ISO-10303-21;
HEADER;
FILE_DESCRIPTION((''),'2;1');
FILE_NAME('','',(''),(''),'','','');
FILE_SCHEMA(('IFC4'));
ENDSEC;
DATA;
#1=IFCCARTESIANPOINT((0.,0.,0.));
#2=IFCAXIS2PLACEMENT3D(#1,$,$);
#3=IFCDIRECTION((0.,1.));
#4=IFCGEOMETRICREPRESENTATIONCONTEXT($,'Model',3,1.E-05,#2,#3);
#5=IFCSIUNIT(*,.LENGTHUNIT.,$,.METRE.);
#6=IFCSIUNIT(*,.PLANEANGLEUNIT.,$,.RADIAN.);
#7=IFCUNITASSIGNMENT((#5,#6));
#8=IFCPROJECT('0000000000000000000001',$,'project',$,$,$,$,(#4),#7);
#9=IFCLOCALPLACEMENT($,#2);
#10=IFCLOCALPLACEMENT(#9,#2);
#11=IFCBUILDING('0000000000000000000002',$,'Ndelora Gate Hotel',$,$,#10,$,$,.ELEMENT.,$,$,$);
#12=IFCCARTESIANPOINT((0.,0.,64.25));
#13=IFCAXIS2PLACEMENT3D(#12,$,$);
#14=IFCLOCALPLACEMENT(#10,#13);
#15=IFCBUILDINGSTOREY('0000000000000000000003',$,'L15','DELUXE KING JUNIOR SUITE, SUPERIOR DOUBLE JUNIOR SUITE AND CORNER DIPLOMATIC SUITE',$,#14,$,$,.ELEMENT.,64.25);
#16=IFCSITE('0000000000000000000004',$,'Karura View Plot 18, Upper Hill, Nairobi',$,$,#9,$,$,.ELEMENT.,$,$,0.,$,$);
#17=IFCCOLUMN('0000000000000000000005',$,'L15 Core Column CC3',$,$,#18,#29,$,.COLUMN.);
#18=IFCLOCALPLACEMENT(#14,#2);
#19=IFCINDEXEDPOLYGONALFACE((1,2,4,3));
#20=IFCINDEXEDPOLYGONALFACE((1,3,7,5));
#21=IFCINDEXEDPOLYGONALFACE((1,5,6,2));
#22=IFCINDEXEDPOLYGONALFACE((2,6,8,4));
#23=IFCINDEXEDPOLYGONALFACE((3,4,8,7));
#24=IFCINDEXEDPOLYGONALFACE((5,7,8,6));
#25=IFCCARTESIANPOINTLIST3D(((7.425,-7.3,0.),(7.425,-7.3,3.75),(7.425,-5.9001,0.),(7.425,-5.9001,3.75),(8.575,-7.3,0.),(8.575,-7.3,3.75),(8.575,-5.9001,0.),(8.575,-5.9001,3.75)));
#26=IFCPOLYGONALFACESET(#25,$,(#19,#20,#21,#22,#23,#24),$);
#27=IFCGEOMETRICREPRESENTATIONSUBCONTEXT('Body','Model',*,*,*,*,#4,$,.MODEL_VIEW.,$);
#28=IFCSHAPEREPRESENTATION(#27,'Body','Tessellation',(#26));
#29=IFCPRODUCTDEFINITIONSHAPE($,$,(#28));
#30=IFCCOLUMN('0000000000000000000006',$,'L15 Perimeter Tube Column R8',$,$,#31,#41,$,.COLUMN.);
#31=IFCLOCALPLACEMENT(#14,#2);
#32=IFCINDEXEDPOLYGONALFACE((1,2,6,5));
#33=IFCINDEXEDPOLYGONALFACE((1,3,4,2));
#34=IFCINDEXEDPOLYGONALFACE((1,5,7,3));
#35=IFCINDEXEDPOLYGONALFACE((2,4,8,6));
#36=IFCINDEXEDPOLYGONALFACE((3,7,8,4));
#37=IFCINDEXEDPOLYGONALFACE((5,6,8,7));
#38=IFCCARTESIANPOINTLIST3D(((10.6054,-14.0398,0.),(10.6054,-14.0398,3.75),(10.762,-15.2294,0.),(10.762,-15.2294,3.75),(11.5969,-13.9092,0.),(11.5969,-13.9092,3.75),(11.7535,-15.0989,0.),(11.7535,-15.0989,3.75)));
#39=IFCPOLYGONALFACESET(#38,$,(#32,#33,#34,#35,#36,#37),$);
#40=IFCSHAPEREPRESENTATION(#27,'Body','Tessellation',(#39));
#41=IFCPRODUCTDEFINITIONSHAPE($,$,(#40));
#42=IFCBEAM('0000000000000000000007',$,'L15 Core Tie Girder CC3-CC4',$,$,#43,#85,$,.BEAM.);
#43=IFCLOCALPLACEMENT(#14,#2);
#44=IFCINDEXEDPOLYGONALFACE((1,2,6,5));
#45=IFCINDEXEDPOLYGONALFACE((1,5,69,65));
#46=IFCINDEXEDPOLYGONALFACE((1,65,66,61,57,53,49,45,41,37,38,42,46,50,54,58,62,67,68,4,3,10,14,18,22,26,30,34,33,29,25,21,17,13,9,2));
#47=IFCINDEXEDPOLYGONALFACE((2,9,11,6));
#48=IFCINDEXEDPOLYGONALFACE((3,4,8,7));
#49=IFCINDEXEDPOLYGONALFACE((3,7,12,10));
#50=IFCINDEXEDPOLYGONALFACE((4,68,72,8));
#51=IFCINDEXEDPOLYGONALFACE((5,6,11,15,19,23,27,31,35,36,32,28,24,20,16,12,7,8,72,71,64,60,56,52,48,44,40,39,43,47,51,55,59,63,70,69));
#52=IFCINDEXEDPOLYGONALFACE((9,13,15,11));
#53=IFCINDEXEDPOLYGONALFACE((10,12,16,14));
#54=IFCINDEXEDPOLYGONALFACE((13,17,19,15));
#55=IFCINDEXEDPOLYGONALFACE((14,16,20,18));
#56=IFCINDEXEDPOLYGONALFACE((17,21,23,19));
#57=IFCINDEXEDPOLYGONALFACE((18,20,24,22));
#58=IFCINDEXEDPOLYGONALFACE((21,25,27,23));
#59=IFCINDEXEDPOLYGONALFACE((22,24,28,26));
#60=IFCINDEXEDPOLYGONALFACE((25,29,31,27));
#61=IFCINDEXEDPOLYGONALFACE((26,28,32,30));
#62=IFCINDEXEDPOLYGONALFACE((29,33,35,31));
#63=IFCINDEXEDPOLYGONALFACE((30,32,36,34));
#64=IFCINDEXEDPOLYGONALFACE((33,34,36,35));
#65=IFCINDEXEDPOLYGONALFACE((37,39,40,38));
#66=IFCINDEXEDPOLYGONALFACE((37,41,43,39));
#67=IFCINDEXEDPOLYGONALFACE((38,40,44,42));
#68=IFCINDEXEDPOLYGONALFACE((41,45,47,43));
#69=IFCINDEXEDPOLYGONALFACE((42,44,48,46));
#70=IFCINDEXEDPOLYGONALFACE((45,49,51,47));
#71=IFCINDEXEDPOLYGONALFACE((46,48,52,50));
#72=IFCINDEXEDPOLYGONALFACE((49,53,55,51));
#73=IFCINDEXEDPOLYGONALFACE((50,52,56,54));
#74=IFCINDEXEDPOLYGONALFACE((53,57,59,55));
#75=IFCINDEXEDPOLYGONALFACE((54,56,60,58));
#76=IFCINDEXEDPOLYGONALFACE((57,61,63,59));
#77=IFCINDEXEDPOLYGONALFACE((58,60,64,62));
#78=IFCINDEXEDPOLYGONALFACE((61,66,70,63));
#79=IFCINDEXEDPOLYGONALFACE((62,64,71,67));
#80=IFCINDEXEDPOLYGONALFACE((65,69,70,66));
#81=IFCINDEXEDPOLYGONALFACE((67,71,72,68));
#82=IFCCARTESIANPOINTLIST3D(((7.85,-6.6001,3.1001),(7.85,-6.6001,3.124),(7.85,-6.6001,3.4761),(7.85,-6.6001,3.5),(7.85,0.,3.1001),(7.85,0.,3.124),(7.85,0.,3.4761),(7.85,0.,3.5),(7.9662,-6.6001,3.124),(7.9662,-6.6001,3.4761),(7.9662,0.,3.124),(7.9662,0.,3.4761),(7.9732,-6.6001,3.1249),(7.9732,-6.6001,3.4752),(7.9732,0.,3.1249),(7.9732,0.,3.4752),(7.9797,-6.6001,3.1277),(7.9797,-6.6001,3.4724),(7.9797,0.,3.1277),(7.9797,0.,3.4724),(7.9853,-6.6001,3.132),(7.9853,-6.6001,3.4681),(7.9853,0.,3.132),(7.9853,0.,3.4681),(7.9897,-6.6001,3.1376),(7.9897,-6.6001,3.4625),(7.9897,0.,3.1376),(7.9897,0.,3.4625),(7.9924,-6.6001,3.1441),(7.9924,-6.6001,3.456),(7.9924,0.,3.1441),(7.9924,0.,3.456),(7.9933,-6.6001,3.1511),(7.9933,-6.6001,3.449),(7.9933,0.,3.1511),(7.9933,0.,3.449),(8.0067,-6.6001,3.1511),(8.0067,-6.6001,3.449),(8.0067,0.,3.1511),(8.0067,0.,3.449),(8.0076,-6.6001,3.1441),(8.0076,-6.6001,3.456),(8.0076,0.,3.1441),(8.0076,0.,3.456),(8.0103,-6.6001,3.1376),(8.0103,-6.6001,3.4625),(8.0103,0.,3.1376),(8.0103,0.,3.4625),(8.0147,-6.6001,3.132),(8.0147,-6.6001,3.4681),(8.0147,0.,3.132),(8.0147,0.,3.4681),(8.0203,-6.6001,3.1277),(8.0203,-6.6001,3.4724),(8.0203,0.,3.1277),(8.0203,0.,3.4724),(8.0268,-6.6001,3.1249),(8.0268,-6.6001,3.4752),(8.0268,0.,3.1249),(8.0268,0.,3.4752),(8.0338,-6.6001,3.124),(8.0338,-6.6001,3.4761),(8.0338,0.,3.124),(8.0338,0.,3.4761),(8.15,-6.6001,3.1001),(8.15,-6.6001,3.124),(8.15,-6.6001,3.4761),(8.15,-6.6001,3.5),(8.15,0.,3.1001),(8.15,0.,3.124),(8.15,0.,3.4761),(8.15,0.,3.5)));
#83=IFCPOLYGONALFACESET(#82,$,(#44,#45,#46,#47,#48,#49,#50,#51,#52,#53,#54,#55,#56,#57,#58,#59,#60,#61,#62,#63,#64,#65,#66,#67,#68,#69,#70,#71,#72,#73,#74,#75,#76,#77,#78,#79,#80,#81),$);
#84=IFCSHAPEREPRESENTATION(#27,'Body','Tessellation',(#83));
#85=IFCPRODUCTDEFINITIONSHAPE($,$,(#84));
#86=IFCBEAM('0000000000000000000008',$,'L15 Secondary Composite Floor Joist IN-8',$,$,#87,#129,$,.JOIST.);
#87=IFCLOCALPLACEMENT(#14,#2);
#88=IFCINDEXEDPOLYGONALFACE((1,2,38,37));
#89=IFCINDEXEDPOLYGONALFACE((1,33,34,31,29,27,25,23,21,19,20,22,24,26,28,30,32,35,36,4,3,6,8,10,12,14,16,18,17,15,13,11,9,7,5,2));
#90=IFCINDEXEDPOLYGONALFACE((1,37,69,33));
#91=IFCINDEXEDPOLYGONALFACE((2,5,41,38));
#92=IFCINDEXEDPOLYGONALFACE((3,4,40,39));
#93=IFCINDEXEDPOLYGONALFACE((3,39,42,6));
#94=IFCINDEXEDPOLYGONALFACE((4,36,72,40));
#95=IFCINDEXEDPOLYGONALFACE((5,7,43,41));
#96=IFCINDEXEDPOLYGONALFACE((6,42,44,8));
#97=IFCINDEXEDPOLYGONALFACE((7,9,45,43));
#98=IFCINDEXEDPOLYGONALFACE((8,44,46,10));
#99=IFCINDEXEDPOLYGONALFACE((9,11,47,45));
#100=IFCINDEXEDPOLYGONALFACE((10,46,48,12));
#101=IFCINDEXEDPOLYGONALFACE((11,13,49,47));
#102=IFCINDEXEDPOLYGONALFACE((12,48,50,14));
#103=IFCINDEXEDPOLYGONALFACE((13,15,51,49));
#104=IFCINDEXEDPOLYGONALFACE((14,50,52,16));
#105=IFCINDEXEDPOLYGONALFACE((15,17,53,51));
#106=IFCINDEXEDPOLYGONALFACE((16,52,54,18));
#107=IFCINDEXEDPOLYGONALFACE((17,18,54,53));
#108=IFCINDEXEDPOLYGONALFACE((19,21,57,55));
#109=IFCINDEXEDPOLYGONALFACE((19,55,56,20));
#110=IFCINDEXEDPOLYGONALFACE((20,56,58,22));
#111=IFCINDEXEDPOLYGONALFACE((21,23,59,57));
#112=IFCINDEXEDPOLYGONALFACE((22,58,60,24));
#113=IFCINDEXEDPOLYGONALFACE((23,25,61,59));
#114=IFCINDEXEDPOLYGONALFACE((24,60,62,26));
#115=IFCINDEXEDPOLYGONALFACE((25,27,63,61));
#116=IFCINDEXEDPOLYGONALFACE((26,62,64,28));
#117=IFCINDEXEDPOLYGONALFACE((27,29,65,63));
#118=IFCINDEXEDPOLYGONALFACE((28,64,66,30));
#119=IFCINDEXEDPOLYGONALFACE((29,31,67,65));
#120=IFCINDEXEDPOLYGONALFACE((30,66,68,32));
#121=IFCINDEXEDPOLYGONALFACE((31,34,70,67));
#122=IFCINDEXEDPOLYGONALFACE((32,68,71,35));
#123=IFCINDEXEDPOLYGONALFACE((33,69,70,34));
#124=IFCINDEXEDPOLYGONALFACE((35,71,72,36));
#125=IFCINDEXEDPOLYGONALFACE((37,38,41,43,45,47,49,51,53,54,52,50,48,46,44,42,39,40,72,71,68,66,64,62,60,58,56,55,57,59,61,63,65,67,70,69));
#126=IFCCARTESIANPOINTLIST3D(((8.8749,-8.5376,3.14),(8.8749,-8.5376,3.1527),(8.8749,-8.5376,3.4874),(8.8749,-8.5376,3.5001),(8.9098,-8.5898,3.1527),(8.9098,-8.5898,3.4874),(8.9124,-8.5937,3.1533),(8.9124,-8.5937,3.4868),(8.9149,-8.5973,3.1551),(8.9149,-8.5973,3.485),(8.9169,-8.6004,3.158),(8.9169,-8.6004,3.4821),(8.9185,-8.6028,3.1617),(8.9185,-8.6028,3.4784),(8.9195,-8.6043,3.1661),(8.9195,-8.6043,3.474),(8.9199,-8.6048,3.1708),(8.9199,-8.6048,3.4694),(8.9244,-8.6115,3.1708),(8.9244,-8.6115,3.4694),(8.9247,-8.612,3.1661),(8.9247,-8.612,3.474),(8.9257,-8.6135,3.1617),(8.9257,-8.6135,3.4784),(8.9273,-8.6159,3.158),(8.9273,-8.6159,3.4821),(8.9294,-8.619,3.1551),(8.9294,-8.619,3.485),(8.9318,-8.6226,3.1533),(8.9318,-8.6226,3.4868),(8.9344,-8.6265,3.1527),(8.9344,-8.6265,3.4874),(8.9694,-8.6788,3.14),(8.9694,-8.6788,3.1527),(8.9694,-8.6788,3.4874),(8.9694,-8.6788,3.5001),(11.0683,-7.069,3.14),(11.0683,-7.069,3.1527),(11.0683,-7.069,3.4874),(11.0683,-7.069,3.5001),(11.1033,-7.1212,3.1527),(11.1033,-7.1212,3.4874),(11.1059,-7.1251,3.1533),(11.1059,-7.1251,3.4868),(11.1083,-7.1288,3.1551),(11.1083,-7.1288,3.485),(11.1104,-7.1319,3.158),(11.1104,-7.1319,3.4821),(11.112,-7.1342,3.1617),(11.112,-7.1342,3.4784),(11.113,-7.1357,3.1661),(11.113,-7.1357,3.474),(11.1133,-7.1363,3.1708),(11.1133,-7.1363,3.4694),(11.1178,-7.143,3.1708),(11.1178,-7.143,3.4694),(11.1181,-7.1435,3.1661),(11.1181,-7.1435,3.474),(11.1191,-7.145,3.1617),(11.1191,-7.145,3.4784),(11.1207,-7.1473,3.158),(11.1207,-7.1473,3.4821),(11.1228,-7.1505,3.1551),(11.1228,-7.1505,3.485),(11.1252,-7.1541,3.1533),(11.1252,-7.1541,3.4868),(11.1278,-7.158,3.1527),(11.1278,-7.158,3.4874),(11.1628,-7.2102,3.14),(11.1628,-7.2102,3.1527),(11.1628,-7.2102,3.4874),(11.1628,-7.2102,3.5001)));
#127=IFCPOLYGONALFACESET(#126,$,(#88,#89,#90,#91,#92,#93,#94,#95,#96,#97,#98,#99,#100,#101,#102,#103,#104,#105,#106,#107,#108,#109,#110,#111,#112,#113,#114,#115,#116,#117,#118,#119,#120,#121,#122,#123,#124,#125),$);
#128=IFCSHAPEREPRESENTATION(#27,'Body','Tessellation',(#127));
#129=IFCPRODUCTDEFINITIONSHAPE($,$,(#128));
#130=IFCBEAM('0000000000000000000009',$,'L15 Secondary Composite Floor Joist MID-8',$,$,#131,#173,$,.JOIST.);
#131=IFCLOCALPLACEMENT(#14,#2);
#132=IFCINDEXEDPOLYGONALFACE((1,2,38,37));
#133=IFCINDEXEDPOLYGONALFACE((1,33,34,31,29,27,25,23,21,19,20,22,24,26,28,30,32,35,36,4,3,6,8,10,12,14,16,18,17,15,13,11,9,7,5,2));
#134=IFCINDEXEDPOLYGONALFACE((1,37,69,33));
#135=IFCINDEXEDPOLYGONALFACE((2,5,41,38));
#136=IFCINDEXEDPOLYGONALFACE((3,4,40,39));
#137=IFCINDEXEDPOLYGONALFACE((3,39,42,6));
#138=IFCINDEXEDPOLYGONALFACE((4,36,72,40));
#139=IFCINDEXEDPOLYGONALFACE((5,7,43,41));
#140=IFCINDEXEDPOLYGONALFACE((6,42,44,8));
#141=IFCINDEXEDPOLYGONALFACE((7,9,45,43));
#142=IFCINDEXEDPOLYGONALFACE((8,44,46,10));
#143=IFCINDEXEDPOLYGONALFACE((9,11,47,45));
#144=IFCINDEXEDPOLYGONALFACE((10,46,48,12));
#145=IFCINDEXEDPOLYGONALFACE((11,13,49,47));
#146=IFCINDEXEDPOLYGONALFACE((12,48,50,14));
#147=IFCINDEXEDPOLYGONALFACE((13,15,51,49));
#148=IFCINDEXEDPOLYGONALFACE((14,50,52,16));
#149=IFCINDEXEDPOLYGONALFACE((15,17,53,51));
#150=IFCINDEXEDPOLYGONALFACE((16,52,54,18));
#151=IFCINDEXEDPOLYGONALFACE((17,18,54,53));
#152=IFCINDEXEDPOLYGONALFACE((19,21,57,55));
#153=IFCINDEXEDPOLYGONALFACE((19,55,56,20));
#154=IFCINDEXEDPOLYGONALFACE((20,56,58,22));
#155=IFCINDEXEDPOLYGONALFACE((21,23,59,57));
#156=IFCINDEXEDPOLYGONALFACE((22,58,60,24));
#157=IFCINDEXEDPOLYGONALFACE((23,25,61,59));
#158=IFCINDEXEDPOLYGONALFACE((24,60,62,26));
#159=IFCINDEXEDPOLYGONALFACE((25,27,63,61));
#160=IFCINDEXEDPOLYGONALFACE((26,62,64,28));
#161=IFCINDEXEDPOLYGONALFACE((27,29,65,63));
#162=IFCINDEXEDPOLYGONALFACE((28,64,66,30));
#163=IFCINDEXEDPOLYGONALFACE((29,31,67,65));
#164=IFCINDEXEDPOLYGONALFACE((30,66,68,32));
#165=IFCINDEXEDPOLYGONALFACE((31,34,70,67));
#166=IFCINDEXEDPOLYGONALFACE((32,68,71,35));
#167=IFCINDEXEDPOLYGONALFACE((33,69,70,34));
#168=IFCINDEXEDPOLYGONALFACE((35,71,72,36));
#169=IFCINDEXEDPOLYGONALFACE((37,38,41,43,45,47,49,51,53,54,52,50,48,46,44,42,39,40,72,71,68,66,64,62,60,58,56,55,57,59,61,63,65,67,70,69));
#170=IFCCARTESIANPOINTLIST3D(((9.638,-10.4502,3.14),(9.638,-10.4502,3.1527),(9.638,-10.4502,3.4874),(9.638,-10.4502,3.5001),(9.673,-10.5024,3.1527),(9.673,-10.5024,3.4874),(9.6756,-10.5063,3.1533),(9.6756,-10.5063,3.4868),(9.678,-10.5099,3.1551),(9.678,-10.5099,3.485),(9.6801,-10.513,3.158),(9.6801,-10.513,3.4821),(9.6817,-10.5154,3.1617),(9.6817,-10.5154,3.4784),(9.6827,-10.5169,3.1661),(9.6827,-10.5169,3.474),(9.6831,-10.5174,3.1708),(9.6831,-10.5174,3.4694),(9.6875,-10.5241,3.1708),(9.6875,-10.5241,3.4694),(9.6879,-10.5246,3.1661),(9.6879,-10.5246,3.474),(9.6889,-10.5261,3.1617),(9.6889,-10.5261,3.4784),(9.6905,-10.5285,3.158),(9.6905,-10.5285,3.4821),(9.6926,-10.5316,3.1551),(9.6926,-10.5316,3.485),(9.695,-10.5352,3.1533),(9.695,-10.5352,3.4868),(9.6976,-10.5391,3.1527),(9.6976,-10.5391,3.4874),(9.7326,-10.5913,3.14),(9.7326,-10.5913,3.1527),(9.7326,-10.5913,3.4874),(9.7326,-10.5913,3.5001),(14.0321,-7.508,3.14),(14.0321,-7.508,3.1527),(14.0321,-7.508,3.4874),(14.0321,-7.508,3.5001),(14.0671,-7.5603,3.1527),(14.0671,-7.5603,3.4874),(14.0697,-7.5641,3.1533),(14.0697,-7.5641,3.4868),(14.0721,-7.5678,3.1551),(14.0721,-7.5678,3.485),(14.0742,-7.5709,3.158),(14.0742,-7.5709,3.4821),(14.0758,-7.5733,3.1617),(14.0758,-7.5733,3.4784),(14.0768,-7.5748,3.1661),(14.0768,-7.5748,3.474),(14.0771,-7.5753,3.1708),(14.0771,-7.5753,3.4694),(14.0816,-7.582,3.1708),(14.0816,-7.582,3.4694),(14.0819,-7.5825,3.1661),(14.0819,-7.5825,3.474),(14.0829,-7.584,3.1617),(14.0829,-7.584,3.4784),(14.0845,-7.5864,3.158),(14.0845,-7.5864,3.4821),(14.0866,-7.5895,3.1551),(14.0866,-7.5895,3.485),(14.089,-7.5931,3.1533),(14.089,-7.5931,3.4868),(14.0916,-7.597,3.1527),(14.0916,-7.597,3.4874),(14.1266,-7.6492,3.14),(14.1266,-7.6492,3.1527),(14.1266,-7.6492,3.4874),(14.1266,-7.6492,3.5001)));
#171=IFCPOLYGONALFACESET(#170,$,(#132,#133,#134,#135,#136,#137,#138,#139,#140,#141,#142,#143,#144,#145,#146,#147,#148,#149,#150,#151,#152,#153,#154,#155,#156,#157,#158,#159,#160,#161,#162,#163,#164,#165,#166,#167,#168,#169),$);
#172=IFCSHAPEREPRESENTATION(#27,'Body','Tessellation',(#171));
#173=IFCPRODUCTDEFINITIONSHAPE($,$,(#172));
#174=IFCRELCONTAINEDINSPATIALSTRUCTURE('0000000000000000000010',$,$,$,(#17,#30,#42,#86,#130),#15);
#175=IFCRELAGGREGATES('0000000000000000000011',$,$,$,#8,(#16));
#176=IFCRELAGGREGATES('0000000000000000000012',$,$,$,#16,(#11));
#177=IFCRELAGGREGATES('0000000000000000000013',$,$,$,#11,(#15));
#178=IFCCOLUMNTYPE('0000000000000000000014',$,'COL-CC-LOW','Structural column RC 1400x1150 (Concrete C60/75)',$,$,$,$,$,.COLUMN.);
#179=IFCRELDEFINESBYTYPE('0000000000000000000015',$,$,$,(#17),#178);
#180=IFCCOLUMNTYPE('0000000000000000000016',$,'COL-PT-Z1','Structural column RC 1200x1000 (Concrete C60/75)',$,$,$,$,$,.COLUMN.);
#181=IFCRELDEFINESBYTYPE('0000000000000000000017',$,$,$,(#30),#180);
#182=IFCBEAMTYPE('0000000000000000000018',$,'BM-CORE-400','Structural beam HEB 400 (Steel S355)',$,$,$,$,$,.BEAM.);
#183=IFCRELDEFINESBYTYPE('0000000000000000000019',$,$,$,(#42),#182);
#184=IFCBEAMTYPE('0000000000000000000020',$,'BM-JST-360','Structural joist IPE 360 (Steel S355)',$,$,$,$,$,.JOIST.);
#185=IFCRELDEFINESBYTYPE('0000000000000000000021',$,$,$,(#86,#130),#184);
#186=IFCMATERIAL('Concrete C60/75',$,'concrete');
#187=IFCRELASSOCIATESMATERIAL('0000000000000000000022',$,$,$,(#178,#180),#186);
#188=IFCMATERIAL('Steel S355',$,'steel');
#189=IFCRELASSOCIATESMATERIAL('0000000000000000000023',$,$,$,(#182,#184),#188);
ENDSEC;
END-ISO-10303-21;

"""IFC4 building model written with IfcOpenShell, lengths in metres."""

from ifc_helpers import new_model, si_unit, direction, frame, origin, origin_2d, place, context, subcontext, project, spatial, rectangle, i_section, extrude, material, material_profile, profile_set, type_object, element, save


model = new_model("IFC4")

# Units and contexts
model_context = context("Model", 3, precision=1e-05, world=origin(), true_north=direction((0.0, 1.0)))
body_context = subcontext(model_context, "Body", "Model", "MODEL_VIEW")
ifc_project = project(units=[si_unit("LENGTHUNIT", "METRE"), si_unit("PLANEANGLEUNIT", "RADIAN")], contexts=[model_context])

# Site, building, storey
site_placement = place(None, origin())
site = spatial("IfcSite", under=ifc_project, at=site_placement, Name="Karura View Plot 18, Upper Hill, Nairobi", CompositionType="ELEMENT", RefElevation=0.0)
building_placement = place(site_placement, origin())
building = spatial("IfcBuilding", under=site, at=building_placement, Name="Ndelora Gate Hotel", CompositionType="ELEMENT")
storey_placement = place(building_placement, frame((0.0, 0.0, 64.25)))
storey = spatial("IfcBuildingStorey", under=building, at=storey_placement, Name="L15", Description="DELUXE KING JUNIOR SUITE, SUPERIOR DOUBLE JUNIOR SUITE AND CORNER DIPLOMATIC SUITE", CompositionType="ELEMENT", Elevation=64.25)

# Columns
ifc_material_1 = material(Name="Concrete C60/75", Category="concrete")
ifc_material_profile_1 = material_profile(ifc_material_1, rectangle(XDim=1.1499, YDim=1.3999, at=origin_2d()), Name="RC 1400x1150")
ifc_profile_set_1 = profile_set([ifc_material_profile_1], Name="Concrete C60/75")
column_type_1 = type_object("IfcColumnType", Name="COL-CC-LOW", Description="Structural column RC 1400x1150 (Concrete C60/75)", PredefinedType="COLUMN", material=ifc_profile_set_1)
column_1_placement = place(storey_placement, frame((8.0, -6.6001, 0.0), z_axis=(0.0, 0.0, 1.0), x_axis=(1.0, 0.0, 0.0)))
element("IfcColumn", 1, at=column_1_placement, inside=storey, type_object=column_type_1, Name="L15 Core Column CC3", PredefinedType="COLUMN", context=body_context, shape_type="SweptSolid", body=[
    extrude(rectangle(XDim=1.1499, YDim=1.3999, at=origin_2d()), origin(), (0.0, 0.0, 1.0), 3.75),
])
ifc_material_profile_2 = material_profile(ifc_material_1, rectangle(XDim=1.0, YDim=1.2, at=origin_2d()), Name="RC 1200x1000")
ifc_profile_set_2 = profile_set([ifc_material_profile_2], Name="Concrete C60/75")
column_type_2 = type_object("IfcColumnType", Name="COL-PT-Z1", Description="Structural column RC 1200x1000 (Concrete C60/75)", PredefinedType="COLUMN", material=ifc_profile_set_2)
column_2_placement = place(storey_placement, frame((11.1794, -14.5693, 0.0), z_axis=(0.0, 0.0, 1.0), x_axis=(0.991445, 0.130526, 0.0)))
element("IfcColumn", 2, at=column_2_placement, inside=storey, type_object=column_type_2, Name="L15 Perimeter Tube Column R8", PredefinedType="COLUMN", context=body_context, shape_type="SweptSolid", body=[
    extrude(rectangle(XDim=1.0, YDim=1.2, at=origin_2d()), origin(), (0.0, 0.0, 1.0), 3.75),
])

# Beams
ifc_material_2 = material(Name="Steel S355", Category="steel")
ifc_material_profile_3 = material_profile(ifc_material_2, i_section(OverallWidth=0.3, OverallDepth=0.3999, WebThickness=0.0134, FlangeThickness=0.0239, FilletRadius=0.0271, at=origin_2d()), Name="HEB 400")
ifc_profile_set_3 = profile_set([ifc_material_profile_3], Name="Steel S355")
beam_type_1 = type_object("IfcBeamType", Name="BM-CORE-400", Description="Structural beam HEB 400 (Steel S355)", PredefinedType="BEAM", material=ifc_profile_set_3)
beam_1_placement = place(storey_placement, frame((8.0, -6.6001, 3.3), z_axis=(0.0, 1.0, 0.0), x_axis=(-1.0, 0.0, 0.0)))
element("IfcBeam", 3, at=beam_1_placement, inside=storey, type_object=beam_type_1, Name="L15 Core Tie Girder CC3-CC4", PredefinedType="BEAM", context=body_context, shape_type="SweptSolid", body=[
    extrude(i_section(OverallWidth=0.3, OverallDepth=0.3999, WebThickness=0.0134, FlangeThickness=0.0239, FilletRadius=0.0271, at=origin_2d()), origin(), (0.0, 0.0, 1.0), 6.6001),
])
ifc_material_profile_4 = material_profile(ifc_material_2, i_section(OverallWidth=0.1699, OverallDepth=0.3601, WebThickness=0.0081, FlangeThickness=0.0127, FilletRadius=0.0181, at=origin_2d()), Name="IPE 360")
ifc_profile_set_4 = profile_set([ifc_material_profile_4], Name="Steel S355")
beam_type_2 = type_object("IfcBeamType", Name="BM-JST-360", Description="Structural joist IPE 360 (Steel S355)", PredefinedType="JOIST", material=ifc_profile_set_4)
beam_2_placement = place(storey_placement, frame((8.9221, -8.6082, 3.3201), z_axis=(0.830953, 0.556343, 0.0), x_axis=(-0.556343, 0.830953, 0.0)))
element("IfcBeam", 4, at=beam_2_placement, inside=storey, type_object=beam_type_2, Name="L15 Secondary Composite Floor Joist IN-8", PredefinedType="JOIST", context=body_context, shape_type="SweptSolid", body=[
    extrude(i_section(OverallWidth=0.1699, OverallDepth=0.3601, WebThickness=0.0081, FlangeThickness=0.0127, FilletRadius=0.0181, at=origin_2d()), origin(), (0.0, 0.0, 1.0), 2.6396),
])
beam_3_placement = place(storey_placement, frame((9.6853, -10.5208, 3.3201), z_axis=(0.830933, 0.556372, 0.0), x_axis=(-0.556372, 0.830933, 0.0)))
element("IfcBeam", 5, at=beam_3_placement, inside=storey, type_object=beam_type_2, Name="L15 Secondary Composite Floor Joist MID-8", PredefinedType="JOIST", context=body_context, shape_type="SweptSolid", body=[
    extrude(i_section(OverallWidth=0.1699, OverallDepth=0.3601, WebThickness=0.0081, FlangeThickness=0.0127, FilletRadius=0.0181, at=origin_2d()), origin(), (0.0, 0.0, 1.0), 5.2881),
])

save(model, "model.ifc")
